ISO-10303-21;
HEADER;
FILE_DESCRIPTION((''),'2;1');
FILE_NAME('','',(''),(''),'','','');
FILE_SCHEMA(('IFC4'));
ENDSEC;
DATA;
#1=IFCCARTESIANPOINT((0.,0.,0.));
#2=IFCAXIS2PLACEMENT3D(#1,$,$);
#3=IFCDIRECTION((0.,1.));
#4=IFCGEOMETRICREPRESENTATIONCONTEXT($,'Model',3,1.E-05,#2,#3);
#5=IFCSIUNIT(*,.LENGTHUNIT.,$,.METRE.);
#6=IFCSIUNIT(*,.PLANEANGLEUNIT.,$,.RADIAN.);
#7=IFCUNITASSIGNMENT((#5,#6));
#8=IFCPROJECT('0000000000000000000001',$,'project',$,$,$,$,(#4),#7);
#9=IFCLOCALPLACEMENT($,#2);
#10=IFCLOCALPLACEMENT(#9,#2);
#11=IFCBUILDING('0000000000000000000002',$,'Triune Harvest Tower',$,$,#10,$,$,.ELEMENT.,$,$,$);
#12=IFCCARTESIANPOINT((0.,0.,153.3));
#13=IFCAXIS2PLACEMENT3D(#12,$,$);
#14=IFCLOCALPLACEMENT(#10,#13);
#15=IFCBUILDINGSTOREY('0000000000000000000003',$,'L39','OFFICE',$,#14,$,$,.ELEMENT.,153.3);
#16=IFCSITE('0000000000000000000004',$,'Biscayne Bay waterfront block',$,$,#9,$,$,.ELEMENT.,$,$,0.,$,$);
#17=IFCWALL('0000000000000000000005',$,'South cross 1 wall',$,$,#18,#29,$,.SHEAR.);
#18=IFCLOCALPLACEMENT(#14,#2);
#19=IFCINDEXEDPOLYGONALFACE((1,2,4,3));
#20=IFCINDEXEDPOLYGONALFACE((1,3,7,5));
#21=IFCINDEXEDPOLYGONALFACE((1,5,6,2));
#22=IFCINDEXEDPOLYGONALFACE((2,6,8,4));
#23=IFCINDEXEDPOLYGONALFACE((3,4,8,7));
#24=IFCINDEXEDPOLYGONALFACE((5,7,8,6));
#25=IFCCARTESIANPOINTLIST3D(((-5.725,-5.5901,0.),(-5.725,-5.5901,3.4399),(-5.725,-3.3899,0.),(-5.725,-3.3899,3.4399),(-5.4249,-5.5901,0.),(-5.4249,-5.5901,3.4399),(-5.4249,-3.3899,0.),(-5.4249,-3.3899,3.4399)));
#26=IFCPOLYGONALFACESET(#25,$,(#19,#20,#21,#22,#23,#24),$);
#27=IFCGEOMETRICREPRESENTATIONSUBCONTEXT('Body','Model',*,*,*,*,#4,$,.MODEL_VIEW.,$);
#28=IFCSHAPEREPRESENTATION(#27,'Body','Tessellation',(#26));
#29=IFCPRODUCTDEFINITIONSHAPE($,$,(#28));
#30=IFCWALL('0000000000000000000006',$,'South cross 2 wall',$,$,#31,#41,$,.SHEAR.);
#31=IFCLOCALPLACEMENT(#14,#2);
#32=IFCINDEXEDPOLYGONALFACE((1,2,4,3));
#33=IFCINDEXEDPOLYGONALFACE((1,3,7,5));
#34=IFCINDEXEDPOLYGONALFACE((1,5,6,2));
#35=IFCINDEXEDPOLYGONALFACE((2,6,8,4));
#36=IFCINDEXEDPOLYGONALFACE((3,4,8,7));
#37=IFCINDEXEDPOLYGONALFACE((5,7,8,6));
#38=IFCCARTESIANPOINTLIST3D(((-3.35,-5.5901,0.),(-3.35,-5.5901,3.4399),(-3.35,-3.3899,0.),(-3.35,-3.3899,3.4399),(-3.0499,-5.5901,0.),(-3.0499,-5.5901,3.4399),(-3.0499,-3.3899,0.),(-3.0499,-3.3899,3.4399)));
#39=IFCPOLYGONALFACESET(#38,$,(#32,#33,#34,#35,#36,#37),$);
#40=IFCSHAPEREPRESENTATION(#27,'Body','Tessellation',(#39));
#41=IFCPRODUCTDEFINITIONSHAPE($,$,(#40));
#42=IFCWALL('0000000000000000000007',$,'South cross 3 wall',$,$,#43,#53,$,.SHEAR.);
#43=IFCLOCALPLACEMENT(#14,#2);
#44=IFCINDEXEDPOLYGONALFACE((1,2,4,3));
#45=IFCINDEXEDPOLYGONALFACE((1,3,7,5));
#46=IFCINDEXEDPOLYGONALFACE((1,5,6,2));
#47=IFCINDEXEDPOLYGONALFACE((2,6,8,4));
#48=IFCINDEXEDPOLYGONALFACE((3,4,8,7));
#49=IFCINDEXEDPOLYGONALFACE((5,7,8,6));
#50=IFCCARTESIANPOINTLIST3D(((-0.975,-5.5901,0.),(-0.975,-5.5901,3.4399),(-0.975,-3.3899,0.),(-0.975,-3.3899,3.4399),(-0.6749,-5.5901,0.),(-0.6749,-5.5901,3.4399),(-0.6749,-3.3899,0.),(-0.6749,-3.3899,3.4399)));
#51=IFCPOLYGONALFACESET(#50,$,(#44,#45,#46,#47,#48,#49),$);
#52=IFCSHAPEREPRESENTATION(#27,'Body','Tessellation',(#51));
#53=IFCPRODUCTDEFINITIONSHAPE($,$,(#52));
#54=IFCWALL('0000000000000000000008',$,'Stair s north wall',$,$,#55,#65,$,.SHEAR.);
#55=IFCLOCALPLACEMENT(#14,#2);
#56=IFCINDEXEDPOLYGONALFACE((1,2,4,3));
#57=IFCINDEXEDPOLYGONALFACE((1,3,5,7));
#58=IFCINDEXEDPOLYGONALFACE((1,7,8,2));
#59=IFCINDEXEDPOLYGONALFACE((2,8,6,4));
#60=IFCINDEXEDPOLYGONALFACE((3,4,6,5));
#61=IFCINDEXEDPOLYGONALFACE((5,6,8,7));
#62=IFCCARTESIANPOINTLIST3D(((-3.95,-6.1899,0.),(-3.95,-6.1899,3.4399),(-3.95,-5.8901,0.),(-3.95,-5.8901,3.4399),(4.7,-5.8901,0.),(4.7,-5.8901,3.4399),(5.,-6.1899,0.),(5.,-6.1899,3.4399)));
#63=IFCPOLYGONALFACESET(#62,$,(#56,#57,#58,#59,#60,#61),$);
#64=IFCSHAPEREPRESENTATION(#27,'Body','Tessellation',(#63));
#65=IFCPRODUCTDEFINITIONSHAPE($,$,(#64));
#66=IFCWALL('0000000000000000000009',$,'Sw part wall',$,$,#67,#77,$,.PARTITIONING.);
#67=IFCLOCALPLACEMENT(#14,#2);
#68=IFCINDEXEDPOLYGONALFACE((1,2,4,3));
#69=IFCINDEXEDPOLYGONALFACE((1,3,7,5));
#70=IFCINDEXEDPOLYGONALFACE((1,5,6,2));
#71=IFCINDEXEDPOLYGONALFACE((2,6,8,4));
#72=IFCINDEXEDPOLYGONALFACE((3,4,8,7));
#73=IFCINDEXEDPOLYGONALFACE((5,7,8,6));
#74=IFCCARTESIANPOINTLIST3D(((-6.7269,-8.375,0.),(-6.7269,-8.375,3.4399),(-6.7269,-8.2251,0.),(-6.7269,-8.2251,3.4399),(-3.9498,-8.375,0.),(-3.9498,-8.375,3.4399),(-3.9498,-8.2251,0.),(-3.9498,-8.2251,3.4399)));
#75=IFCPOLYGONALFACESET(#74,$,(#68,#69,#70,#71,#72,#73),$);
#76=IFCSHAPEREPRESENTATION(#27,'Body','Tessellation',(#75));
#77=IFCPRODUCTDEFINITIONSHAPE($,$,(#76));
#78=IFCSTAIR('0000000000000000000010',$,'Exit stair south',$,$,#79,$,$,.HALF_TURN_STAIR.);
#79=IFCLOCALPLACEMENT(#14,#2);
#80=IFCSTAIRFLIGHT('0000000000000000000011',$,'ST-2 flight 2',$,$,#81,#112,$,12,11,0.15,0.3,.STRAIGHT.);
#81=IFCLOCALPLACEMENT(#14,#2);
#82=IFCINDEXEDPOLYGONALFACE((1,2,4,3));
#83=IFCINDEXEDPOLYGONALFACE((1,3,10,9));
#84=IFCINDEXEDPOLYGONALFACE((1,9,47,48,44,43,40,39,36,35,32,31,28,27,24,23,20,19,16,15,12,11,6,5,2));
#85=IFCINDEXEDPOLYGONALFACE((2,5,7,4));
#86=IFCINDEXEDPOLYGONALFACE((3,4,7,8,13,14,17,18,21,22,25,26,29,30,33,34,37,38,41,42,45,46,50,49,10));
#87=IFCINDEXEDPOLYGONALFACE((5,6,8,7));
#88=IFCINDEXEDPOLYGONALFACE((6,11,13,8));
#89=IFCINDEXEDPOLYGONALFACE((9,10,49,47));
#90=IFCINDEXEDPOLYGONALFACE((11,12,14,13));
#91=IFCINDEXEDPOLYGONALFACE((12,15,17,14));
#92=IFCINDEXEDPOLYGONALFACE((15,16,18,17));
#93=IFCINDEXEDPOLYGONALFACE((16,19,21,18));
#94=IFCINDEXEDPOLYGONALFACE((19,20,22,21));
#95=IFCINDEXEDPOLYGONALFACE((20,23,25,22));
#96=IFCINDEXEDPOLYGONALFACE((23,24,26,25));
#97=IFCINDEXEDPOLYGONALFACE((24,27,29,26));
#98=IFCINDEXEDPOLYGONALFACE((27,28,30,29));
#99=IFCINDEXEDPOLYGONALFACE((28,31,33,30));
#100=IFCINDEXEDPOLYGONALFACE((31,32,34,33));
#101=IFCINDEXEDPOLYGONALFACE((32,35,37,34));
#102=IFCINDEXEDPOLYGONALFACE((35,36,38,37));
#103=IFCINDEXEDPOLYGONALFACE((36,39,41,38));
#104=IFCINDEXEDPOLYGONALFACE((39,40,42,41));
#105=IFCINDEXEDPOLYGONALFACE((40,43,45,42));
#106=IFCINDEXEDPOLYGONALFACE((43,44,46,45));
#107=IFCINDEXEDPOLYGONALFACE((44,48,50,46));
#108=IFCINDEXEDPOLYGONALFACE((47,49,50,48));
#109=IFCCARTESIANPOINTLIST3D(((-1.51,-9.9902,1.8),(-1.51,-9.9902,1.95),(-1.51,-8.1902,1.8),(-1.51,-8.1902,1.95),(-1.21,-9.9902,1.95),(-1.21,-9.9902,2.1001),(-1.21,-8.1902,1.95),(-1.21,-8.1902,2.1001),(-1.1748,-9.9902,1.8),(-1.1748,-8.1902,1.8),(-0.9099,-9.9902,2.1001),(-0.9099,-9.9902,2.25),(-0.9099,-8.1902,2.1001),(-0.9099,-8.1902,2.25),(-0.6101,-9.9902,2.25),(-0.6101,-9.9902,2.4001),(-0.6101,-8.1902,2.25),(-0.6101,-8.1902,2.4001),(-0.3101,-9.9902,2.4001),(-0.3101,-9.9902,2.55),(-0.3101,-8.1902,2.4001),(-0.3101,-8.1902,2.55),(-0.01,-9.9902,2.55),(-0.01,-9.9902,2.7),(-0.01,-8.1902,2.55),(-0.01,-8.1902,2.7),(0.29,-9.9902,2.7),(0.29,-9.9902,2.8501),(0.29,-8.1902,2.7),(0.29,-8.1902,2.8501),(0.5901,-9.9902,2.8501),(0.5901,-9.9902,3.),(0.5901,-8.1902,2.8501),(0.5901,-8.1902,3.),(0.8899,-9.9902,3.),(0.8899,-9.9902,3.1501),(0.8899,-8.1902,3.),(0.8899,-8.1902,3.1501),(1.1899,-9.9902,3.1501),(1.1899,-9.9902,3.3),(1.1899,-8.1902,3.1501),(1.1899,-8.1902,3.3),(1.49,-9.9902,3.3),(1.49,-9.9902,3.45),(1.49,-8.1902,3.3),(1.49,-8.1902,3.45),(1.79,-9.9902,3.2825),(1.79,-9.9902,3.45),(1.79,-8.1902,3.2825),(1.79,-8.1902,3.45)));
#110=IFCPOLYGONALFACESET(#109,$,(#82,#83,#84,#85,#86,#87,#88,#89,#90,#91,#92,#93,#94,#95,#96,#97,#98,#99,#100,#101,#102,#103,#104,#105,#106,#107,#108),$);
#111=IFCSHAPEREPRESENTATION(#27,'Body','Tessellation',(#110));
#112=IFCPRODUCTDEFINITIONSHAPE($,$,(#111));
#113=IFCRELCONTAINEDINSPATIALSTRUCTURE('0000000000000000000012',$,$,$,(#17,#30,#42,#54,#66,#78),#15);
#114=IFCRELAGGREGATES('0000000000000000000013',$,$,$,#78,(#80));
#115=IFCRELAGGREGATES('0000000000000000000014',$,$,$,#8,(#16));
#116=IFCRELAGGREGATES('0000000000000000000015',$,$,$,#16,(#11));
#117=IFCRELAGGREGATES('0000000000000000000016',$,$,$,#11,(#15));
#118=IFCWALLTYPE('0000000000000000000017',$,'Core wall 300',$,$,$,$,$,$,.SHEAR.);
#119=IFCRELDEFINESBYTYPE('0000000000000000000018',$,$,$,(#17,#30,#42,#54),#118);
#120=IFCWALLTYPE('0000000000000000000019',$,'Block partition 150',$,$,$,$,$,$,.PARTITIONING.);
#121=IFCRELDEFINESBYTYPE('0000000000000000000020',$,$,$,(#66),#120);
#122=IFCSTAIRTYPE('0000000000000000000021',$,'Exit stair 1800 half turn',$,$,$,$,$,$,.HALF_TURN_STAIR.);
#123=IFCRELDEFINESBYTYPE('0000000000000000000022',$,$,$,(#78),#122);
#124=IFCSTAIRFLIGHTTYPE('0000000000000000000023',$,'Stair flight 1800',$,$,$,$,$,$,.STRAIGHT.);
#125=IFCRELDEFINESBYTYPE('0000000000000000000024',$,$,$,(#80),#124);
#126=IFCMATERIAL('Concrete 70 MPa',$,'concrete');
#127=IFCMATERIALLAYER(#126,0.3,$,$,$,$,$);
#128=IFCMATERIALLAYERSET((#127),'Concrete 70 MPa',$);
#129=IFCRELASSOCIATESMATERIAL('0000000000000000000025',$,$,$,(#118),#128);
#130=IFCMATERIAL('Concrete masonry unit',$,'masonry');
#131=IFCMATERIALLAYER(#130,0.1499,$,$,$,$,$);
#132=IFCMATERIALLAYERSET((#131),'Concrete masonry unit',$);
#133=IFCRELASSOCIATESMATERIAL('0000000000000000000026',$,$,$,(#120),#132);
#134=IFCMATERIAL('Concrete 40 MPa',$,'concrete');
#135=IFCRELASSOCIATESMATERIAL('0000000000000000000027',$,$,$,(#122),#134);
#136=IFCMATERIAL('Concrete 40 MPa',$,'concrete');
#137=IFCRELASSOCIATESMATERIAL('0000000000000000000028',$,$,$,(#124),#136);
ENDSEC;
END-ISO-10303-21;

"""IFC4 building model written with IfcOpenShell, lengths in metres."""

from ifc_helpers import new_model, si_unit, direction, frame, frame_2d, origin, place, context, subcontext, project, spatial, polyline, rectangle, outline, extrude, source, transform, mapped, material, layer, layer_set, type_object, element, aggregate, save


model = new_model("IFC4")

# Units and contexts
model_context = context("Model", 3, precision=1e-05, world=origin(), true_north=direction((0.0, 1.0)))
body_context = subcontext(model_context, "Body", "Model", "MODEL_VIEW")
ifc_project = project(units=[si_unit("LENGTHUNIT", "METRE"), si_unit("PLANEANGLEUNIT", "RADIAN")], contexts=[model_context])

# Site, building, storey
site_placement = place(None, origin())
site = spatial("IfcSite", under=ifc_project, at=site_placement, Name="Biscayne Bay waterfront block", CompositionType="ELEMENT", RefElevation=0.0)
building_placement = place(site_placement, origin())
building = spatial("IfcBuilding", under=site, at=building_placement, Name="Triune Harvest Tower", CompositionType="ELEMENT")
storey_placement = place(building_placement, frame((0.0, 0.0, 153.3)))
storey = spatial("IfcBuildingStorey", under=building, at=storey_placement, Name="L39", Description="OFFICE", CompositionType="ELEMENT", Elevation=153.3)

# Shared definitions
ifc_material_1 = material(Name="Concrete 70 MPa", Category="concrete")
ifc_layer_1 = layer(ifc_material_1, 0.3)
ifc_layer_set_1 = layer_set([ifc_layer_1], Name="Concrete 70 MPa")
wall_type_1 = type_object("IfcWallType", Name="Core wall 300", PredefinedType="SHEAR", material=ifc_layer_set_1)

# Walls
shared_shape_1 = source(origin(), body_context, "Body", "SweptSolid", [
    extrude(rectangle(XDim=2.2002, YDim=0.3, at=frame_2d((1.1001, 0.0))), origin(), (0.0, 0.0, 1.0), 3.4399),
])
for number, where, z_axis, x_axis, name in (
    (1, (-5.575, -5.5901, 0.0), (0.0, 0.0, 1.0), (0.0, 1.0, 0.0), "South cross 1 wall"),
    (2, (-3.2, -5.5901, 0.0), (0.0, 0.0, 1.0), (0.0, 1.0, 0.0), "South cross 2 wall"),
    (3, (-0.825, -5.5901, 0.0), (0.0, 0.0, 1.0), (0.0, 1.0, 0.0), "South cross 3 wall"),
):
    element("IfcWall", number, at=place(storey_placement, frame(where, z_axis=z_axis, x_axis=x_axis)), inside=storey, type_object=wall_type_1, Name=name, PredefinedType="SHEAR", context=body_context, shape_type="MappedRepresentation", body=[
        mapped(shared_shape_1, transform((0.0, 0.0, 0.0), scale=1.0)),
    ])
shared_shape_2 = source(origin(), body_context, "Body", "SweptSolid", [
    extrude(outline(polyline([(0.0, -0.1499), (8.95, -0.1499), (8.6499, 0.1499), (0.0, 0.1499), (0.0, -0.1499)])), origin(), (0.0, 0.0, 1.0), 3.4399),
])
wall_1_placement = place(storey_placement, frame((-3.95, -6.04, 0.0), z_axis=(0.0, 0.0, 1.0), x_axis=(1.0, 0.0, 0.0)))
element("IfcWall", 4, at=wall_1_placement, inside=storey, type_object=wall_type_1, Name="Stair s north wall", PredefinedType="SHEAR", context=body_context, shape_type="MappedRepresentation", body=[
    mapped(shared_shape_2, transform((0.0, 0.0, 0.0), scale=1.0)),
])
ifc_material_2 = material(Name="Concrete masonry unit", Category="masonry")
ifc_layer_2 = layer(ifc_material_2, 0.1499)
ifc_layer_set_2 = layer_set([ifc_layer_2], Name="Concrete masonry unit")
wall_type_2 = type_object("IfcWallType", Name="Block partition 150", PredefinedType="PARTITIONING", material=ifc_layer_set_2)
shared_shape_3 = source(origin(), body_context, "Body", "SweptSolid", [
    extrude(rectangle(XDim=2.7771, YDim=0.1499, at=frame_2d((1.3887, 0.0))), origin(), (0.0, 0.0, 1.0), 3.4399),
])
wall_2_placement = place(storey_placement, frame((-6.7271, -8.3, 0.0), z_axis=(0.0, 0.0, 1.0), x_axis=(1.0, 0.0, 0.0)))
element("IfcWall", 5, at=wall_2_placement, inside=storey, type_object=wall_type_2, Name="Sw part wall", PredefinedType="PARTITIONING", context=body_context, shape_type="MappedRepresentation", body=[
    mapped(shared_shape_3, transform((0.0, 0.0, 0.0), scale=1.0)),
])

# Stair, stair flight
ifc_material_3 = material(Name="Concrete 40 MPa", Category="concrete")
stair_type = type_object("IfcStairType", Name="Exit stair 1800 half turn", PredefinedType="HALF_TURN_STAIR", material=ifc_material_3)
stair_placement = place(storey_placement, origin())
stair = element("IfcStair", 6, at=stair_placement, inside=storey, type_object=stair_type, Name="Exit stair south", PredefinedType="HALF_TURN_STAIR")
ifc_material_4 = material(Name="Concrete 40 MPa", Category="concrete")
stair_flight_type = type_object("IfcStairFlightType", Name="Stair flight 1800", PredefinedType="STRAIGHT", material=ifc_material_4)
shared_shape_4 = source(origin(), body_context, "Body", "SweptSolid", [
    extrude(outline(polyline([(0.0, 0.0), (0.0, 0.1499), (0.3, 0.1499), (0.3, 0.3), (0.6001, 0.3), (0.6001, 0.45), (0.8999, 0.45), (0.8999, 0.6001), (1.2, 0.6001), (1.2, 0.75), (1.5, 0.75), (1.5, 0.8999), (1.8, 0.8999), (1.8, 1.05), (2.1001, 1.05), (2.1001, 1.2), (2.3999, 1.2), (2.3999, 1.3501), (2.7, 1.3501), (2.7, 1.5), (3.0, 1.5), (3.0, 1.6499), (3.3, 1.6499), (3.3, 1.8), (3.3, 1.4824), (0.3352, 0.0), (0.0, 0.0)])), frame((0.0, 0.8999, 0.0), z_axis=(0.0, -1.0, 0.0), x_axis=(1.0, 0.0, 0.0)), (0.0, 0.0, 1.0), 1.8),
])
stair_flight_placement = place(storey_placement, frame((-1.51, -9.0901, 1.8), z_axis=(0.0, 0.0, 1.0), x_axis=(1.0, 0.0, 0.0)))
stair_flight = element("IfcStairFlight", 7, at=stair_flight_placement, type_object=stair_flight_type, Name="ST-2 flight 2", NumberOfRisers=12, NumberOfTreads=11, PredefinedType="STRAIGHT", RiserHeight=0.15, TreadLength=0.3, context=body_context, shape_type="MappedRepresentation", body=[
    mapped(shared_shape_4, transform((0.0, 0.0, 0.0), scale=1.0)),
])
aggregate(stair, [stair_flight])

save(model, "model.ifc")
